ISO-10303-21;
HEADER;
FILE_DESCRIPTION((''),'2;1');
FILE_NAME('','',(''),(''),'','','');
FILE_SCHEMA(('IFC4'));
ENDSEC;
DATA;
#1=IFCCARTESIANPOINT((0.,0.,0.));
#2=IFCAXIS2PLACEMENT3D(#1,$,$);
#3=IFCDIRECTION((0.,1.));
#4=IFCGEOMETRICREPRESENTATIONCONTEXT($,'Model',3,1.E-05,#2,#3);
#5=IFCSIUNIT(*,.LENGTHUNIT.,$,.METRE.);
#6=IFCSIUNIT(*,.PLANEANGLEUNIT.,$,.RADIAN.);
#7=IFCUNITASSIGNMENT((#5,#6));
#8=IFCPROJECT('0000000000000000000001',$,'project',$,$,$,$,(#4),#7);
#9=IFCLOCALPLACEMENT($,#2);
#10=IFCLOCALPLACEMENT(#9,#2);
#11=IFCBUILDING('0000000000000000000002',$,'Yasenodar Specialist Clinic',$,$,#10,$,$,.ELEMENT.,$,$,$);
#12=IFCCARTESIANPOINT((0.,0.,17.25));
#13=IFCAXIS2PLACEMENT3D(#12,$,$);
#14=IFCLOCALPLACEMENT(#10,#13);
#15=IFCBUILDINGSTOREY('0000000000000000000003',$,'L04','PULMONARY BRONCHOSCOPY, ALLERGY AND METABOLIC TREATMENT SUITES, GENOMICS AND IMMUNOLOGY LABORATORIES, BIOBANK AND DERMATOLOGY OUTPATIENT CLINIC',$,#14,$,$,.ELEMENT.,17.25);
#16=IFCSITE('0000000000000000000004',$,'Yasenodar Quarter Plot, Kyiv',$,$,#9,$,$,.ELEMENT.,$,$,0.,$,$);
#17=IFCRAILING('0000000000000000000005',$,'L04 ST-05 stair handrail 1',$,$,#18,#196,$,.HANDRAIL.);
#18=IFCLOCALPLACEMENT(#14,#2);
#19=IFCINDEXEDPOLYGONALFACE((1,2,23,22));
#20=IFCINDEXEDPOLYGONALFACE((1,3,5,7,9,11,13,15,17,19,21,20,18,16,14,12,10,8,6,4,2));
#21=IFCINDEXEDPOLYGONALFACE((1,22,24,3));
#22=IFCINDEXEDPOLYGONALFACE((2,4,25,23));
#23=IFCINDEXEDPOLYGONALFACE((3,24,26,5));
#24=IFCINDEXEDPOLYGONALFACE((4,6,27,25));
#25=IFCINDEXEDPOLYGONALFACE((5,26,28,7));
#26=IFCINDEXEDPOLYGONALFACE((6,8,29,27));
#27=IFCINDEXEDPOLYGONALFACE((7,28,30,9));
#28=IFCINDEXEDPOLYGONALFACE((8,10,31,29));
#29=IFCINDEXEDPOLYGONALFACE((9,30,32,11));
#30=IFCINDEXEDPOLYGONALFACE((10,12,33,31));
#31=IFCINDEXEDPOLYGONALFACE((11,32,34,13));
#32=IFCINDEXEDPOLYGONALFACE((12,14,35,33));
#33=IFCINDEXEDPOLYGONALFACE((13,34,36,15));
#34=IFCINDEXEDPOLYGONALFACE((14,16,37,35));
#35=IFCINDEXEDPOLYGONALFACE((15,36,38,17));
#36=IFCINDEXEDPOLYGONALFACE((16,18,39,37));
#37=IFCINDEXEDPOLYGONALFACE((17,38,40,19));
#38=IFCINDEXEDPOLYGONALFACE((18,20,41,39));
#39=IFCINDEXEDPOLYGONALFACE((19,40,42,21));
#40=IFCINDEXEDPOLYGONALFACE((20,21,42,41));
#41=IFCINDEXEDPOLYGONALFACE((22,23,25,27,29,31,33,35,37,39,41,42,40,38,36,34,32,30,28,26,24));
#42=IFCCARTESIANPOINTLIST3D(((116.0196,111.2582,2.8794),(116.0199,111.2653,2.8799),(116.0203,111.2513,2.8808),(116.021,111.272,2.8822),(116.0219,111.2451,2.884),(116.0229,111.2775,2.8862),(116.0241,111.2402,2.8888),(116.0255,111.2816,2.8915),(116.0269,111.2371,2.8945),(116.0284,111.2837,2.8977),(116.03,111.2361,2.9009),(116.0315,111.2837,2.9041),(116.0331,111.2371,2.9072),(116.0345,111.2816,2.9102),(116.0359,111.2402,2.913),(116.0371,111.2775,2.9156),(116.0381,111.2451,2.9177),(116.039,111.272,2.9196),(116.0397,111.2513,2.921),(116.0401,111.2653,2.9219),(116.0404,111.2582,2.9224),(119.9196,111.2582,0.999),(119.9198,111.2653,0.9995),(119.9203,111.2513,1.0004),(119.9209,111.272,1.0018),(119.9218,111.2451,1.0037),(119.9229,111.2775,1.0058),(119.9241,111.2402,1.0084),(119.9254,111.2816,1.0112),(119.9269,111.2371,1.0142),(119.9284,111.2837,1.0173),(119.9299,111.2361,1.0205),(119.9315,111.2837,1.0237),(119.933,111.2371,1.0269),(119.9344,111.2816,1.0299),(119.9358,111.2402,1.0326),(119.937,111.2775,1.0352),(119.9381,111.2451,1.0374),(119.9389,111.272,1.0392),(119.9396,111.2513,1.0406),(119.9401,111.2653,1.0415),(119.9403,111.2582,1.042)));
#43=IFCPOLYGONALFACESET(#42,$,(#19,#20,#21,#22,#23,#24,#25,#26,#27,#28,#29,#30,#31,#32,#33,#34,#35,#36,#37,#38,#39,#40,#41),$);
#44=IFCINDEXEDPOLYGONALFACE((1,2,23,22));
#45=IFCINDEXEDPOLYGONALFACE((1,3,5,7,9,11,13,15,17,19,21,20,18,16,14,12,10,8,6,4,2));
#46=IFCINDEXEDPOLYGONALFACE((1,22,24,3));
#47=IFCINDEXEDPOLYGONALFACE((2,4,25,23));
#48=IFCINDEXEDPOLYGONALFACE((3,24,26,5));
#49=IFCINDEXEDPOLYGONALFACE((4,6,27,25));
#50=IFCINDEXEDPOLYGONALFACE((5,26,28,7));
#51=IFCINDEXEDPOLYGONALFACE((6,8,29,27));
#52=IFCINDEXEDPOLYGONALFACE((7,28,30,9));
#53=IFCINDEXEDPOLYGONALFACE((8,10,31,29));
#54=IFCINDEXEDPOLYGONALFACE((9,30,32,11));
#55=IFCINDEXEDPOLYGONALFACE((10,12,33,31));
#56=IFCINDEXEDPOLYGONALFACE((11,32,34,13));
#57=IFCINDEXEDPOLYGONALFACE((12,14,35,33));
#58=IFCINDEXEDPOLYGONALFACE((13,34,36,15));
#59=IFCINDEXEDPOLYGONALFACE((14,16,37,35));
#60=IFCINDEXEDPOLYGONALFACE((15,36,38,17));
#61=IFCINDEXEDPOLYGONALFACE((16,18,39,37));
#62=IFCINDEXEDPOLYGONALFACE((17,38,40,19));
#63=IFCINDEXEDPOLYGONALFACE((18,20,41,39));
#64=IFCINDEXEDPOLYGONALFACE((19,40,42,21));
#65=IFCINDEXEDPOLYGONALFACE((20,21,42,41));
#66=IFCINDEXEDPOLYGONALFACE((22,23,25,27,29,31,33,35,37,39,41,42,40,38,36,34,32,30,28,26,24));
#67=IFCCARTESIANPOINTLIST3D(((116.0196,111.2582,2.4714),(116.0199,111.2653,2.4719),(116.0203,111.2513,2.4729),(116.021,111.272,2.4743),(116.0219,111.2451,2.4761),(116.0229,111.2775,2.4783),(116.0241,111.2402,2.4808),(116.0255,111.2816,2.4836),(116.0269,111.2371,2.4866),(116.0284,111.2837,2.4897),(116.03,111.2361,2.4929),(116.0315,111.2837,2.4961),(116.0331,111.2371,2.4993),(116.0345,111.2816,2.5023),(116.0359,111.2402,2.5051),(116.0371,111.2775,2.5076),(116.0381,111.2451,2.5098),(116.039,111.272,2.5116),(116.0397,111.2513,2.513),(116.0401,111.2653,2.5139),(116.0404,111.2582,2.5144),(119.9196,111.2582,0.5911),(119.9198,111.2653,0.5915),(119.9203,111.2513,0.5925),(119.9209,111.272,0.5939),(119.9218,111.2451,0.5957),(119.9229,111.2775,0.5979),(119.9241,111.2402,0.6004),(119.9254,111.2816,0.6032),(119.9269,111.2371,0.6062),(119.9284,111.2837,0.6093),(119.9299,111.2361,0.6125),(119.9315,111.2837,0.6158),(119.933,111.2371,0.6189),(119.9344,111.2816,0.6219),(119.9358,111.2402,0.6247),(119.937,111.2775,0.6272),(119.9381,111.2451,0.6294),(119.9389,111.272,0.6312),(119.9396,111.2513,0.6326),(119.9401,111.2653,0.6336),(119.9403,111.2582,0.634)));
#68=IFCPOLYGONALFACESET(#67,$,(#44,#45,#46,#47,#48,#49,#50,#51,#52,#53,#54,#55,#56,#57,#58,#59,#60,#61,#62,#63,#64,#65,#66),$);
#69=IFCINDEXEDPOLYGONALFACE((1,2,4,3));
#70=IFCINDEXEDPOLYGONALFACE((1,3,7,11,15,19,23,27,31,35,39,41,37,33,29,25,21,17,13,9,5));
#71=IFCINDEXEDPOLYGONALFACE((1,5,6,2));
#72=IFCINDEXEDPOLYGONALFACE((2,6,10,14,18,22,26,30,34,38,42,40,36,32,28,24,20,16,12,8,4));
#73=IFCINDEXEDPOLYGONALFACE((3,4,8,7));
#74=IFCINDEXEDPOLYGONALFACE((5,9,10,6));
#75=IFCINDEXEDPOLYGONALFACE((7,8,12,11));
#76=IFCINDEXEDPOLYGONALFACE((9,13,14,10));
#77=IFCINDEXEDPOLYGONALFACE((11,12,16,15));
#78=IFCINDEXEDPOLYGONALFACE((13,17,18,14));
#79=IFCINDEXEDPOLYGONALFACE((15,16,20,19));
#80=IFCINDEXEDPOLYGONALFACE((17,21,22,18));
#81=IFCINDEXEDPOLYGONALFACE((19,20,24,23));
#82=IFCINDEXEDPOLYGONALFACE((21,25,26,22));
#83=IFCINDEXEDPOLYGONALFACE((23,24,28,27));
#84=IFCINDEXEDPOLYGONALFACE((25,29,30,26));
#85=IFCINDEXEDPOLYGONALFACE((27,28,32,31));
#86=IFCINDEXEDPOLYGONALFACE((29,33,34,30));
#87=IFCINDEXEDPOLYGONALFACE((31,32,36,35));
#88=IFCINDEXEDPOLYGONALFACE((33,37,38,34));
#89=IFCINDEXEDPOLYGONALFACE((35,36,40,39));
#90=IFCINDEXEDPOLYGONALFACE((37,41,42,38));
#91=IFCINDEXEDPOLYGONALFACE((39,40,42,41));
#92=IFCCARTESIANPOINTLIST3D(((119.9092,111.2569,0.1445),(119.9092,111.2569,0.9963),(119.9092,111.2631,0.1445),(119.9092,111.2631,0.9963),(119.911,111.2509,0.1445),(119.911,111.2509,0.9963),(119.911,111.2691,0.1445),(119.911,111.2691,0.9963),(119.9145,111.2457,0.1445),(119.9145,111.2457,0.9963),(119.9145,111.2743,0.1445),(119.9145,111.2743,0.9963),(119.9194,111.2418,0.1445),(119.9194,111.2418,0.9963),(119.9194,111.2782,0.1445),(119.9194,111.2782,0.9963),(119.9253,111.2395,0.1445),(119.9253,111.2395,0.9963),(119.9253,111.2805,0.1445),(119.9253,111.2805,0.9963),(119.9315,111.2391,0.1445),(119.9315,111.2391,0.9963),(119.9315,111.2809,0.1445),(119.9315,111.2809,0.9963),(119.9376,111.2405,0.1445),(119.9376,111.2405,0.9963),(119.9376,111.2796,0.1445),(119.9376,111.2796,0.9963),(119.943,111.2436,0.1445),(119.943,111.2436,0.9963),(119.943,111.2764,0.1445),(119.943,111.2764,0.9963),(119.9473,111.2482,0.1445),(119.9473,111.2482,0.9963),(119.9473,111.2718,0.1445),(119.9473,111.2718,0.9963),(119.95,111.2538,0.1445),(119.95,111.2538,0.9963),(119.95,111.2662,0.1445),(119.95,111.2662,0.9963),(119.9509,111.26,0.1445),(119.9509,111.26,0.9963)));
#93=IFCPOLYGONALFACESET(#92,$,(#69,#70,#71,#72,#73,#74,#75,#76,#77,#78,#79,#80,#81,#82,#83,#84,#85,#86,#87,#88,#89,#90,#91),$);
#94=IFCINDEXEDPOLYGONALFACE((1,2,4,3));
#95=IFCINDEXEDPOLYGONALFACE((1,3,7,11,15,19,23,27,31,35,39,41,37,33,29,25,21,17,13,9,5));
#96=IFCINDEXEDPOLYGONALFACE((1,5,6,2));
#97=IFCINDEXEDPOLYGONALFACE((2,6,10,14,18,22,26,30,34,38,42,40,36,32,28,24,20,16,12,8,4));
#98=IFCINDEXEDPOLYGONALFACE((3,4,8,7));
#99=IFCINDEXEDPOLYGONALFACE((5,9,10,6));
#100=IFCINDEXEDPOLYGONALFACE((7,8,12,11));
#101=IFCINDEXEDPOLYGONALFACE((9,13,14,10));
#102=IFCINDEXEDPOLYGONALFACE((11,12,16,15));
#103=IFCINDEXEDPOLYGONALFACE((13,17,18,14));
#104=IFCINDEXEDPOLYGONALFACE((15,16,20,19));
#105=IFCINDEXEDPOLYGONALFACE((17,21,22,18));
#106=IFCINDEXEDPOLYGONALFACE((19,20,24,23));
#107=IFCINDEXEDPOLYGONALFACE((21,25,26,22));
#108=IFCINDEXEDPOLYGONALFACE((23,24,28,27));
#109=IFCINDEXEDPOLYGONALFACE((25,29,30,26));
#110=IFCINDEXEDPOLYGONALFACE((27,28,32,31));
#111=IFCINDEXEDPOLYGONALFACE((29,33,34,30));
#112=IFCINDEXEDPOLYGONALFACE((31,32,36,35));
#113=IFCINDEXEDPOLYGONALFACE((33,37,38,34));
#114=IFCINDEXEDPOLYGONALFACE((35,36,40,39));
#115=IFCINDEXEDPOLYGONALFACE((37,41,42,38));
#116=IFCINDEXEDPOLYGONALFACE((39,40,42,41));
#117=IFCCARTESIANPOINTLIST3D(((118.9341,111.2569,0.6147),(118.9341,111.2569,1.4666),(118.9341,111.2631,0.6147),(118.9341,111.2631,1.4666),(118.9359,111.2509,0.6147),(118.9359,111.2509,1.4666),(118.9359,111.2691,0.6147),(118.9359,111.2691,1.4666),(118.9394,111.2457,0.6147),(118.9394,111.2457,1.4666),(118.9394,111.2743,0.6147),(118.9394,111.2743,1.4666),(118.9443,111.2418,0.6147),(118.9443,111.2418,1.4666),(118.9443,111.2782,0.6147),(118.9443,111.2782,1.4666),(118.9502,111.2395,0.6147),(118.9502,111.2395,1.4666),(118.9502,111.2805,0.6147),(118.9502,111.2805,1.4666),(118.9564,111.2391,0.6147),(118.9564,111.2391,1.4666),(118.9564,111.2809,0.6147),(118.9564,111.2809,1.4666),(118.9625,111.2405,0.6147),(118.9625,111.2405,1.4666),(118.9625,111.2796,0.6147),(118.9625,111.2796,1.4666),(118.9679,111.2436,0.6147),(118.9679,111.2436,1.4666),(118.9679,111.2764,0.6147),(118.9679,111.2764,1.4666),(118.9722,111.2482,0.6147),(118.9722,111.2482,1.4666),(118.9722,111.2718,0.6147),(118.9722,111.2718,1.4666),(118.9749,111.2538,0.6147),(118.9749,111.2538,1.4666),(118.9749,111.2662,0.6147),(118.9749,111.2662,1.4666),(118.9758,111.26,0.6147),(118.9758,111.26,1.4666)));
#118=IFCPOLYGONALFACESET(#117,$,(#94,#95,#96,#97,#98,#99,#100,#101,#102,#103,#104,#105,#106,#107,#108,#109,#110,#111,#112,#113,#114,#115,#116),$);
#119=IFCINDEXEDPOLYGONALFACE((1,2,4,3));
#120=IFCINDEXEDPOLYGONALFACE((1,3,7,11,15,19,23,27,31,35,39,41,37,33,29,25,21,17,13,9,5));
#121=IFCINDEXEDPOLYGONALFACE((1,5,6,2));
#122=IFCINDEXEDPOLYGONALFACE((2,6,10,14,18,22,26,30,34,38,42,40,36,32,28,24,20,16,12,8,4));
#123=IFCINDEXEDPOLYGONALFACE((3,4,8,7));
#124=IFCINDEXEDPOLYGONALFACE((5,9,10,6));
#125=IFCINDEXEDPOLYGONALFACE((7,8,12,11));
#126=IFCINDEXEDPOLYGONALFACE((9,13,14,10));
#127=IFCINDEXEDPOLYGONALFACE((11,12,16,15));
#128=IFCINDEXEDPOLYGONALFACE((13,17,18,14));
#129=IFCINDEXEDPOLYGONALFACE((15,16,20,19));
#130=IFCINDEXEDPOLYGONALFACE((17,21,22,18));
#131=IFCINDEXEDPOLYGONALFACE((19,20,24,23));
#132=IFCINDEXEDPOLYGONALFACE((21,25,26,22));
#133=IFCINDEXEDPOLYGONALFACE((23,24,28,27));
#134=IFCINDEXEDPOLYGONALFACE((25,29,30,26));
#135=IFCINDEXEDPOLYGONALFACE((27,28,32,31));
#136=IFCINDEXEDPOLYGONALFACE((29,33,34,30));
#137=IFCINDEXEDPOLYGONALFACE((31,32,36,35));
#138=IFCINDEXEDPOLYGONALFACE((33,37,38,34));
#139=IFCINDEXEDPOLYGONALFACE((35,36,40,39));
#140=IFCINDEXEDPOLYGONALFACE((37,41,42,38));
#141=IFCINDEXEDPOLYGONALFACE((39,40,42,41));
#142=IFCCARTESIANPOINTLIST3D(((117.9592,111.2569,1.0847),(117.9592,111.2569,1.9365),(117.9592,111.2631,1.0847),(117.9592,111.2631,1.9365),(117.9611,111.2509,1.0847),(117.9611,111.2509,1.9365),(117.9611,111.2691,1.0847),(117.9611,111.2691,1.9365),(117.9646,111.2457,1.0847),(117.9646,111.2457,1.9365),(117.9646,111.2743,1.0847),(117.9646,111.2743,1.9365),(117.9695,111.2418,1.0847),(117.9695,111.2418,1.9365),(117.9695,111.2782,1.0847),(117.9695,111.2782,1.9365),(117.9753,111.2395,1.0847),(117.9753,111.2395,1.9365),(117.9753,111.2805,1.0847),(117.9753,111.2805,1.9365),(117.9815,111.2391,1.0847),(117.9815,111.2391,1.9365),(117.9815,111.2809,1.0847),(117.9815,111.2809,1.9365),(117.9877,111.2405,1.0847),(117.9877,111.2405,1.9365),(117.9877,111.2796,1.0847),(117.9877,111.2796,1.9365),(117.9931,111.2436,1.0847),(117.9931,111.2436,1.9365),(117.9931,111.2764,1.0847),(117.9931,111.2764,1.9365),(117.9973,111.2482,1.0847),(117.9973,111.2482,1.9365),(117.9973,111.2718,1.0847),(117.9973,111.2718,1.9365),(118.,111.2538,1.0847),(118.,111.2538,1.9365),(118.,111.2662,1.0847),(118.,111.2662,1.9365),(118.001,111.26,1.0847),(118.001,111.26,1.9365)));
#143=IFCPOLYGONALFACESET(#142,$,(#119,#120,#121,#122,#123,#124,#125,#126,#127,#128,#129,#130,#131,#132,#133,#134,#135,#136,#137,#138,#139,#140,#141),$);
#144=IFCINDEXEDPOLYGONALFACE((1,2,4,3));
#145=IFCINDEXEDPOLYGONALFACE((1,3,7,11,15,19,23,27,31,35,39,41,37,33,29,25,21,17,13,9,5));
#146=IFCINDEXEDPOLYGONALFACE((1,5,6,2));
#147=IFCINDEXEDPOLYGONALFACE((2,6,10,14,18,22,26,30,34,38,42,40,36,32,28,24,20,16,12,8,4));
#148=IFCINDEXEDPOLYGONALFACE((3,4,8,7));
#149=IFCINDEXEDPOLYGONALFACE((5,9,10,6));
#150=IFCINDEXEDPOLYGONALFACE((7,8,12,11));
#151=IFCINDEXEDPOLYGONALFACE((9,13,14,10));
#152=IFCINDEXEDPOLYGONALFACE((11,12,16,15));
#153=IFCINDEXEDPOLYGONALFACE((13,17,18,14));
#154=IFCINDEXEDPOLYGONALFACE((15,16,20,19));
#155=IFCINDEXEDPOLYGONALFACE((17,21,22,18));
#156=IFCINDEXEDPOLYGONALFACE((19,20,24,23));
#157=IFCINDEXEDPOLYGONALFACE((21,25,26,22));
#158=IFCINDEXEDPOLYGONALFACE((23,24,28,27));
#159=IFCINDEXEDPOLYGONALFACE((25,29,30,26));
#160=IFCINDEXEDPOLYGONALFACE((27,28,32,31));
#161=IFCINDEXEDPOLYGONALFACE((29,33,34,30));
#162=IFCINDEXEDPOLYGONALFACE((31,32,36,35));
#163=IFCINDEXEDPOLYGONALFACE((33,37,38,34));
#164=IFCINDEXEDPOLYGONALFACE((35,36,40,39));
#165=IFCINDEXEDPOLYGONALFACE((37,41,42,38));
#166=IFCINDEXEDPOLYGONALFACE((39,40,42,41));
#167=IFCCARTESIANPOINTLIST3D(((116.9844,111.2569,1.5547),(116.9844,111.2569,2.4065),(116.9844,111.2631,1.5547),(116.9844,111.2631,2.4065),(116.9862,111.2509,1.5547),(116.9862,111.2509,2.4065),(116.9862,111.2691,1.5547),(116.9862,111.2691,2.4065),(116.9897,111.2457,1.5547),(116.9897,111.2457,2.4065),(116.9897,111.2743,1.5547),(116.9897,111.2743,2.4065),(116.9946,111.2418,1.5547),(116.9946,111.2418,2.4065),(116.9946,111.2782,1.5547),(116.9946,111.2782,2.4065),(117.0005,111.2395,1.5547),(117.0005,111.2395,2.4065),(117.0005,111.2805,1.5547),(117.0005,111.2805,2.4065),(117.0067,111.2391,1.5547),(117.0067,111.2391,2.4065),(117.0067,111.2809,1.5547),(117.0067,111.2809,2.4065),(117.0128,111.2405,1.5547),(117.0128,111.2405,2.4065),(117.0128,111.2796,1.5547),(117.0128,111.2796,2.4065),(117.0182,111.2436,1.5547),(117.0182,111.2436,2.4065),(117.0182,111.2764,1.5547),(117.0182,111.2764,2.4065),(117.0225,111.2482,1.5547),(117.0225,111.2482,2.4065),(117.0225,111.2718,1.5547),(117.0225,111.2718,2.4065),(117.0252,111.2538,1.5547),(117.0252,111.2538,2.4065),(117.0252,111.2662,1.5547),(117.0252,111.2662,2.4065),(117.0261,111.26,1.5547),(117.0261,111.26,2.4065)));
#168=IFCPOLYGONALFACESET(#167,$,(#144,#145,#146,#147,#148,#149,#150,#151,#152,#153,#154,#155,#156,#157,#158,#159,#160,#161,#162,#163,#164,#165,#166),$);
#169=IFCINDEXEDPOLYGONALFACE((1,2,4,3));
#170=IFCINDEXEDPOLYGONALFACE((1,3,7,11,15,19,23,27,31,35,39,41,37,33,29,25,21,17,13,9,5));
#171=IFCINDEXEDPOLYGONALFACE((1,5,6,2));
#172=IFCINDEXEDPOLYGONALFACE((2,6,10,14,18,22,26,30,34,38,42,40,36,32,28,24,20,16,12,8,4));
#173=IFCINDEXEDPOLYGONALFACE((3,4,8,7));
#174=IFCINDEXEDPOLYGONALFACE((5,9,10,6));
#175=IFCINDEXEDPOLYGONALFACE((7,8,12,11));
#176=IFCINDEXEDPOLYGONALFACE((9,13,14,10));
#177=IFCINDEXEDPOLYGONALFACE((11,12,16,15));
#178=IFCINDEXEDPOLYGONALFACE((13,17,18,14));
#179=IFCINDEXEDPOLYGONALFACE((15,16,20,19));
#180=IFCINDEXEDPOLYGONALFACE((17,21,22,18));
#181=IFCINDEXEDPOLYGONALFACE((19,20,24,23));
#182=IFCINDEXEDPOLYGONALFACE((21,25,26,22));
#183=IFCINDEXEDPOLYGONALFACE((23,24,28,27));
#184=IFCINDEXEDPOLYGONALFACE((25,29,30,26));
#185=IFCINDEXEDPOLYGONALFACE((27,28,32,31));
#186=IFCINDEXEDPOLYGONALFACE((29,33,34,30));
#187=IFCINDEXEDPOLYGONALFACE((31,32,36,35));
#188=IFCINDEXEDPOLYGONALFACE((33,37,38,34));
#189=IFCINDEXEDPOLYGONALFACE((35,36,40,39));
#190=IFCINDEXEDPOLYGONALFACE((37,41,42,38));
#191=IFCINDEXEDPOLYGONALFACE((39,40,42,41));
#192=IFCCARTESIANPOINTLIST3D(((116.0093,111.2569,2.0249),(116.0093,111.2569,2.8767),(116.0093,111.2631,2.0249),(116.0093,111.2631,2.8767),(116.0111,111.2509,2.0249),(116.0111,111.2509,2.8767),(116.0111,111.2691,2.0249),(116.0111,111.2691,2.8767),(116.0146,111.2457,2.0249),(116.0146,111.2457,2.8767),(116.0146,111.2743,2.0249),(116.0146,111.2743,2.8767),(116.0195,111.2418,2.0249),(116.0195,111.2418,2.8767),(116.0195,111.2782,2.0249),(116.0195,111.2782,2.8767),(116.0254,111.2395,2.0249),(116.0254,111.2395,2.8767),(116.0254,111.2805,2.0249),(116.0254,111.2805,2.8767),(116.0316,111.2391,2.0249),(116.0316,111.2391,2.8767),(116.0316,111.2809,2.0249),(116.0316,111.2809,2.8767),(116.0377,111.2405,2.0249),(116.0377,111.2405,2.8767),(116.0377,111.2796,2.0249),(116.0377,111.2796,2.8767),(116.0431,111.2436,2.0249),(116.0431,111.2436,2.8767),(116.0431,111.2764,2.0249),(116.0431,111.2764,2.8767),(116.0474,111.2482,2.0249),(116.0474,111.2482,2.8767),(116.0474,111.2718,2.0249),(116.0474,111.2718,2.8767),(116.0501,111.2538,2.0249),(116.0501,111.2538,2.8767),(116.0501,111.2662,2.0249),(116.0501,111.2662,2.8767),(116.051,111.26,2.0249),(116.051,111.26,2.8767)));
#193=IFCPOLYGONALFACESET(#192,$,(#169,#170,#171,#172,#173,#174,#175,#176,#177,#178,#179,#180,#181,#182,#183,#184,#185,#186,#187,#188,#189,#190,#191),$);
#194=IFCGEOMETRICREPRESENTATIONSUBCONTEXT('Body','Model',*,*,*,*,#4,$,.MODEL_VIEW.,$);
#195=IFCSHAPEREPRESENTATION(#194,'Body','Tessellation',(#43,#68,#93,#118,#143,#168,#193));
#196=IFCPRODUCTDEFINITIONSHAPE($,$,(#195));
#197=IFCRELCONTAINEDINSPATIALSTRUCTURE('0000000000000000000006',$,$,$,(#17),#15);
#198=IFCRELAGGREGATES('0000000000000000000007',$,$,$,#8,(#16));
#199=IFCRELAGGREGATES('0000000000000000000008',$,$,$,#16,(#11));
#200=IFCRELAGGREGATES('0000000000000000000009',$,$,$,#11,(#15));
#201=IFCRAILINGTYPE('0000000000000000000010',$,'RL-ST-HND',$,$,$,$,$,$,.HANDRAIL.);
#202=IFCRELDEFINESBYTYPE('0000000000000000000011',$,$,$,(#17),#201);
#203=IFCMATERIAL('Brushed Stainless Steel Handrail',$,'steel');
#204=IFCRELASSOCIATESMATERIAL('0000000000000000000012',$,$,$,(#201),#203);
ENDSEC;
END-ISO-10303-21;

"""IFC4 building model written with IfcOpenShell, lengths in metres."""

from ifc_helpers import new_model, si_unit, direction, frame, origin, origin_2d, place, context, subcontext, project, spatial, circle, extrude, material, type_object, element, save


model = new_model("IFC4")

# Units and contexts
model_context = context("Model", 3, precision=1e-05, world=origin(), true_north=direction((0.0, 1.0)))
body_context = subcontext(model_context, "Body", "Model", "MODEL_VIEW")
ifc_project = project(units=[si_unit("LENGTHUNIT", "METRE"), si_unit("PLANEANGLEUNIT", "RADIAN")], contexts=[model_context])

# Site, building, storey
site_placement = place(None, origin())
site = spatial("IfcSite", under=ifc_project, at=site_placement, Name="Yasenodar Quarter Plot, Kyiv", CompositionType="ELEMENT", RefElevation=0.0)
building_placement = place(site_placement, origin())
building = spatial("IfcBuilding", under=site, at=building_placement, Name="Yasenodar Specialist Clinic", CompositionType="ELEMENT")
storey_placement = place(building_placement, frame((0.0, 0.0, 17.25)))
storey = spatial("IfcBuildingStorey", under=building, at=storey_placement, Name="L04", Description="PULMONARY BRONCHOSCOPY, ALLERGY AND METABOLIC TREATMENT SUITES, GENOMICS AND IMMUNOLOGY LABORATORIES, BIOBANK AND DERMATOLOGY OUTPATIENT CLINIC", CompositionType="ELEMENT", Elevation=17.25)

# Railing
ifc_material_1 = material(Name="Brushed Stainless Steel Handrail", Category="steel")
railing_type_1 = type_object("IfcRailingType", Name="RL-ST-HND", PredefinedType="HANDRAIL", material=ifc_material_1)
railing_1_placement = place(storey_placement, frame((119.9299, 111.26, 0.1445)))
element("IfcRailing", 1, at=railing_1_placement, inside=storey, type_object=railing_type_1, Name="L04 ST-05 stair handrail 1", PredefinedType="HANDRAIL", context=body_context, shape_type="SweptSolid", body=[
    extrude(circle(Radius=0.0239, at=origin_2d()), frame((0.0, 0.0, 0.876), z_axis=(-0.900763, 0.0, 0.434311), x_axis=(0.0, -1.0, 0.0)), (0.0, 0.0, 1.0), 4.3296),
    extrude(circle(Radius=0.0239, at=origin_2d()), frame((0.0, 0.0, 0.468), z_axis=(-0.900763, 0.0, 0.434311), x_axis=(0.0, -1.0, 0.0)), (0.0, 0.0, 1.0), 4.3296),
    extrude(circle(Radius=0.021, at=origin_2d()), origin(), (0.0, 0.0, 1.0), 0.8518),
    extrude(circle(Radius=0.021, at=origin_2d()), frame((-0.9751, 0.0, 0.4702)), (0.0, 0.0, 1.0), 0.8518),
    extrude(circle(Radius=0.021, at=origin_2d()), frame((-1.95, 0.0, 0.9402)), (0.0, 0.0, 1.0), 0.8518),
    extrude(circle(Radius=0.021, at=origin_2d()), frame((-2.9248, 0.0, 1.4102)), (0.0, 0.0, 1.0), 0.8518),
    extrude(circle(Radius=0.021, at=origin_2d()), frame((-3.8999, 0.0, 1.8804)), (0.0, 0.0, 1.0), 0.8518),
])

save(model, "model.ifc")
